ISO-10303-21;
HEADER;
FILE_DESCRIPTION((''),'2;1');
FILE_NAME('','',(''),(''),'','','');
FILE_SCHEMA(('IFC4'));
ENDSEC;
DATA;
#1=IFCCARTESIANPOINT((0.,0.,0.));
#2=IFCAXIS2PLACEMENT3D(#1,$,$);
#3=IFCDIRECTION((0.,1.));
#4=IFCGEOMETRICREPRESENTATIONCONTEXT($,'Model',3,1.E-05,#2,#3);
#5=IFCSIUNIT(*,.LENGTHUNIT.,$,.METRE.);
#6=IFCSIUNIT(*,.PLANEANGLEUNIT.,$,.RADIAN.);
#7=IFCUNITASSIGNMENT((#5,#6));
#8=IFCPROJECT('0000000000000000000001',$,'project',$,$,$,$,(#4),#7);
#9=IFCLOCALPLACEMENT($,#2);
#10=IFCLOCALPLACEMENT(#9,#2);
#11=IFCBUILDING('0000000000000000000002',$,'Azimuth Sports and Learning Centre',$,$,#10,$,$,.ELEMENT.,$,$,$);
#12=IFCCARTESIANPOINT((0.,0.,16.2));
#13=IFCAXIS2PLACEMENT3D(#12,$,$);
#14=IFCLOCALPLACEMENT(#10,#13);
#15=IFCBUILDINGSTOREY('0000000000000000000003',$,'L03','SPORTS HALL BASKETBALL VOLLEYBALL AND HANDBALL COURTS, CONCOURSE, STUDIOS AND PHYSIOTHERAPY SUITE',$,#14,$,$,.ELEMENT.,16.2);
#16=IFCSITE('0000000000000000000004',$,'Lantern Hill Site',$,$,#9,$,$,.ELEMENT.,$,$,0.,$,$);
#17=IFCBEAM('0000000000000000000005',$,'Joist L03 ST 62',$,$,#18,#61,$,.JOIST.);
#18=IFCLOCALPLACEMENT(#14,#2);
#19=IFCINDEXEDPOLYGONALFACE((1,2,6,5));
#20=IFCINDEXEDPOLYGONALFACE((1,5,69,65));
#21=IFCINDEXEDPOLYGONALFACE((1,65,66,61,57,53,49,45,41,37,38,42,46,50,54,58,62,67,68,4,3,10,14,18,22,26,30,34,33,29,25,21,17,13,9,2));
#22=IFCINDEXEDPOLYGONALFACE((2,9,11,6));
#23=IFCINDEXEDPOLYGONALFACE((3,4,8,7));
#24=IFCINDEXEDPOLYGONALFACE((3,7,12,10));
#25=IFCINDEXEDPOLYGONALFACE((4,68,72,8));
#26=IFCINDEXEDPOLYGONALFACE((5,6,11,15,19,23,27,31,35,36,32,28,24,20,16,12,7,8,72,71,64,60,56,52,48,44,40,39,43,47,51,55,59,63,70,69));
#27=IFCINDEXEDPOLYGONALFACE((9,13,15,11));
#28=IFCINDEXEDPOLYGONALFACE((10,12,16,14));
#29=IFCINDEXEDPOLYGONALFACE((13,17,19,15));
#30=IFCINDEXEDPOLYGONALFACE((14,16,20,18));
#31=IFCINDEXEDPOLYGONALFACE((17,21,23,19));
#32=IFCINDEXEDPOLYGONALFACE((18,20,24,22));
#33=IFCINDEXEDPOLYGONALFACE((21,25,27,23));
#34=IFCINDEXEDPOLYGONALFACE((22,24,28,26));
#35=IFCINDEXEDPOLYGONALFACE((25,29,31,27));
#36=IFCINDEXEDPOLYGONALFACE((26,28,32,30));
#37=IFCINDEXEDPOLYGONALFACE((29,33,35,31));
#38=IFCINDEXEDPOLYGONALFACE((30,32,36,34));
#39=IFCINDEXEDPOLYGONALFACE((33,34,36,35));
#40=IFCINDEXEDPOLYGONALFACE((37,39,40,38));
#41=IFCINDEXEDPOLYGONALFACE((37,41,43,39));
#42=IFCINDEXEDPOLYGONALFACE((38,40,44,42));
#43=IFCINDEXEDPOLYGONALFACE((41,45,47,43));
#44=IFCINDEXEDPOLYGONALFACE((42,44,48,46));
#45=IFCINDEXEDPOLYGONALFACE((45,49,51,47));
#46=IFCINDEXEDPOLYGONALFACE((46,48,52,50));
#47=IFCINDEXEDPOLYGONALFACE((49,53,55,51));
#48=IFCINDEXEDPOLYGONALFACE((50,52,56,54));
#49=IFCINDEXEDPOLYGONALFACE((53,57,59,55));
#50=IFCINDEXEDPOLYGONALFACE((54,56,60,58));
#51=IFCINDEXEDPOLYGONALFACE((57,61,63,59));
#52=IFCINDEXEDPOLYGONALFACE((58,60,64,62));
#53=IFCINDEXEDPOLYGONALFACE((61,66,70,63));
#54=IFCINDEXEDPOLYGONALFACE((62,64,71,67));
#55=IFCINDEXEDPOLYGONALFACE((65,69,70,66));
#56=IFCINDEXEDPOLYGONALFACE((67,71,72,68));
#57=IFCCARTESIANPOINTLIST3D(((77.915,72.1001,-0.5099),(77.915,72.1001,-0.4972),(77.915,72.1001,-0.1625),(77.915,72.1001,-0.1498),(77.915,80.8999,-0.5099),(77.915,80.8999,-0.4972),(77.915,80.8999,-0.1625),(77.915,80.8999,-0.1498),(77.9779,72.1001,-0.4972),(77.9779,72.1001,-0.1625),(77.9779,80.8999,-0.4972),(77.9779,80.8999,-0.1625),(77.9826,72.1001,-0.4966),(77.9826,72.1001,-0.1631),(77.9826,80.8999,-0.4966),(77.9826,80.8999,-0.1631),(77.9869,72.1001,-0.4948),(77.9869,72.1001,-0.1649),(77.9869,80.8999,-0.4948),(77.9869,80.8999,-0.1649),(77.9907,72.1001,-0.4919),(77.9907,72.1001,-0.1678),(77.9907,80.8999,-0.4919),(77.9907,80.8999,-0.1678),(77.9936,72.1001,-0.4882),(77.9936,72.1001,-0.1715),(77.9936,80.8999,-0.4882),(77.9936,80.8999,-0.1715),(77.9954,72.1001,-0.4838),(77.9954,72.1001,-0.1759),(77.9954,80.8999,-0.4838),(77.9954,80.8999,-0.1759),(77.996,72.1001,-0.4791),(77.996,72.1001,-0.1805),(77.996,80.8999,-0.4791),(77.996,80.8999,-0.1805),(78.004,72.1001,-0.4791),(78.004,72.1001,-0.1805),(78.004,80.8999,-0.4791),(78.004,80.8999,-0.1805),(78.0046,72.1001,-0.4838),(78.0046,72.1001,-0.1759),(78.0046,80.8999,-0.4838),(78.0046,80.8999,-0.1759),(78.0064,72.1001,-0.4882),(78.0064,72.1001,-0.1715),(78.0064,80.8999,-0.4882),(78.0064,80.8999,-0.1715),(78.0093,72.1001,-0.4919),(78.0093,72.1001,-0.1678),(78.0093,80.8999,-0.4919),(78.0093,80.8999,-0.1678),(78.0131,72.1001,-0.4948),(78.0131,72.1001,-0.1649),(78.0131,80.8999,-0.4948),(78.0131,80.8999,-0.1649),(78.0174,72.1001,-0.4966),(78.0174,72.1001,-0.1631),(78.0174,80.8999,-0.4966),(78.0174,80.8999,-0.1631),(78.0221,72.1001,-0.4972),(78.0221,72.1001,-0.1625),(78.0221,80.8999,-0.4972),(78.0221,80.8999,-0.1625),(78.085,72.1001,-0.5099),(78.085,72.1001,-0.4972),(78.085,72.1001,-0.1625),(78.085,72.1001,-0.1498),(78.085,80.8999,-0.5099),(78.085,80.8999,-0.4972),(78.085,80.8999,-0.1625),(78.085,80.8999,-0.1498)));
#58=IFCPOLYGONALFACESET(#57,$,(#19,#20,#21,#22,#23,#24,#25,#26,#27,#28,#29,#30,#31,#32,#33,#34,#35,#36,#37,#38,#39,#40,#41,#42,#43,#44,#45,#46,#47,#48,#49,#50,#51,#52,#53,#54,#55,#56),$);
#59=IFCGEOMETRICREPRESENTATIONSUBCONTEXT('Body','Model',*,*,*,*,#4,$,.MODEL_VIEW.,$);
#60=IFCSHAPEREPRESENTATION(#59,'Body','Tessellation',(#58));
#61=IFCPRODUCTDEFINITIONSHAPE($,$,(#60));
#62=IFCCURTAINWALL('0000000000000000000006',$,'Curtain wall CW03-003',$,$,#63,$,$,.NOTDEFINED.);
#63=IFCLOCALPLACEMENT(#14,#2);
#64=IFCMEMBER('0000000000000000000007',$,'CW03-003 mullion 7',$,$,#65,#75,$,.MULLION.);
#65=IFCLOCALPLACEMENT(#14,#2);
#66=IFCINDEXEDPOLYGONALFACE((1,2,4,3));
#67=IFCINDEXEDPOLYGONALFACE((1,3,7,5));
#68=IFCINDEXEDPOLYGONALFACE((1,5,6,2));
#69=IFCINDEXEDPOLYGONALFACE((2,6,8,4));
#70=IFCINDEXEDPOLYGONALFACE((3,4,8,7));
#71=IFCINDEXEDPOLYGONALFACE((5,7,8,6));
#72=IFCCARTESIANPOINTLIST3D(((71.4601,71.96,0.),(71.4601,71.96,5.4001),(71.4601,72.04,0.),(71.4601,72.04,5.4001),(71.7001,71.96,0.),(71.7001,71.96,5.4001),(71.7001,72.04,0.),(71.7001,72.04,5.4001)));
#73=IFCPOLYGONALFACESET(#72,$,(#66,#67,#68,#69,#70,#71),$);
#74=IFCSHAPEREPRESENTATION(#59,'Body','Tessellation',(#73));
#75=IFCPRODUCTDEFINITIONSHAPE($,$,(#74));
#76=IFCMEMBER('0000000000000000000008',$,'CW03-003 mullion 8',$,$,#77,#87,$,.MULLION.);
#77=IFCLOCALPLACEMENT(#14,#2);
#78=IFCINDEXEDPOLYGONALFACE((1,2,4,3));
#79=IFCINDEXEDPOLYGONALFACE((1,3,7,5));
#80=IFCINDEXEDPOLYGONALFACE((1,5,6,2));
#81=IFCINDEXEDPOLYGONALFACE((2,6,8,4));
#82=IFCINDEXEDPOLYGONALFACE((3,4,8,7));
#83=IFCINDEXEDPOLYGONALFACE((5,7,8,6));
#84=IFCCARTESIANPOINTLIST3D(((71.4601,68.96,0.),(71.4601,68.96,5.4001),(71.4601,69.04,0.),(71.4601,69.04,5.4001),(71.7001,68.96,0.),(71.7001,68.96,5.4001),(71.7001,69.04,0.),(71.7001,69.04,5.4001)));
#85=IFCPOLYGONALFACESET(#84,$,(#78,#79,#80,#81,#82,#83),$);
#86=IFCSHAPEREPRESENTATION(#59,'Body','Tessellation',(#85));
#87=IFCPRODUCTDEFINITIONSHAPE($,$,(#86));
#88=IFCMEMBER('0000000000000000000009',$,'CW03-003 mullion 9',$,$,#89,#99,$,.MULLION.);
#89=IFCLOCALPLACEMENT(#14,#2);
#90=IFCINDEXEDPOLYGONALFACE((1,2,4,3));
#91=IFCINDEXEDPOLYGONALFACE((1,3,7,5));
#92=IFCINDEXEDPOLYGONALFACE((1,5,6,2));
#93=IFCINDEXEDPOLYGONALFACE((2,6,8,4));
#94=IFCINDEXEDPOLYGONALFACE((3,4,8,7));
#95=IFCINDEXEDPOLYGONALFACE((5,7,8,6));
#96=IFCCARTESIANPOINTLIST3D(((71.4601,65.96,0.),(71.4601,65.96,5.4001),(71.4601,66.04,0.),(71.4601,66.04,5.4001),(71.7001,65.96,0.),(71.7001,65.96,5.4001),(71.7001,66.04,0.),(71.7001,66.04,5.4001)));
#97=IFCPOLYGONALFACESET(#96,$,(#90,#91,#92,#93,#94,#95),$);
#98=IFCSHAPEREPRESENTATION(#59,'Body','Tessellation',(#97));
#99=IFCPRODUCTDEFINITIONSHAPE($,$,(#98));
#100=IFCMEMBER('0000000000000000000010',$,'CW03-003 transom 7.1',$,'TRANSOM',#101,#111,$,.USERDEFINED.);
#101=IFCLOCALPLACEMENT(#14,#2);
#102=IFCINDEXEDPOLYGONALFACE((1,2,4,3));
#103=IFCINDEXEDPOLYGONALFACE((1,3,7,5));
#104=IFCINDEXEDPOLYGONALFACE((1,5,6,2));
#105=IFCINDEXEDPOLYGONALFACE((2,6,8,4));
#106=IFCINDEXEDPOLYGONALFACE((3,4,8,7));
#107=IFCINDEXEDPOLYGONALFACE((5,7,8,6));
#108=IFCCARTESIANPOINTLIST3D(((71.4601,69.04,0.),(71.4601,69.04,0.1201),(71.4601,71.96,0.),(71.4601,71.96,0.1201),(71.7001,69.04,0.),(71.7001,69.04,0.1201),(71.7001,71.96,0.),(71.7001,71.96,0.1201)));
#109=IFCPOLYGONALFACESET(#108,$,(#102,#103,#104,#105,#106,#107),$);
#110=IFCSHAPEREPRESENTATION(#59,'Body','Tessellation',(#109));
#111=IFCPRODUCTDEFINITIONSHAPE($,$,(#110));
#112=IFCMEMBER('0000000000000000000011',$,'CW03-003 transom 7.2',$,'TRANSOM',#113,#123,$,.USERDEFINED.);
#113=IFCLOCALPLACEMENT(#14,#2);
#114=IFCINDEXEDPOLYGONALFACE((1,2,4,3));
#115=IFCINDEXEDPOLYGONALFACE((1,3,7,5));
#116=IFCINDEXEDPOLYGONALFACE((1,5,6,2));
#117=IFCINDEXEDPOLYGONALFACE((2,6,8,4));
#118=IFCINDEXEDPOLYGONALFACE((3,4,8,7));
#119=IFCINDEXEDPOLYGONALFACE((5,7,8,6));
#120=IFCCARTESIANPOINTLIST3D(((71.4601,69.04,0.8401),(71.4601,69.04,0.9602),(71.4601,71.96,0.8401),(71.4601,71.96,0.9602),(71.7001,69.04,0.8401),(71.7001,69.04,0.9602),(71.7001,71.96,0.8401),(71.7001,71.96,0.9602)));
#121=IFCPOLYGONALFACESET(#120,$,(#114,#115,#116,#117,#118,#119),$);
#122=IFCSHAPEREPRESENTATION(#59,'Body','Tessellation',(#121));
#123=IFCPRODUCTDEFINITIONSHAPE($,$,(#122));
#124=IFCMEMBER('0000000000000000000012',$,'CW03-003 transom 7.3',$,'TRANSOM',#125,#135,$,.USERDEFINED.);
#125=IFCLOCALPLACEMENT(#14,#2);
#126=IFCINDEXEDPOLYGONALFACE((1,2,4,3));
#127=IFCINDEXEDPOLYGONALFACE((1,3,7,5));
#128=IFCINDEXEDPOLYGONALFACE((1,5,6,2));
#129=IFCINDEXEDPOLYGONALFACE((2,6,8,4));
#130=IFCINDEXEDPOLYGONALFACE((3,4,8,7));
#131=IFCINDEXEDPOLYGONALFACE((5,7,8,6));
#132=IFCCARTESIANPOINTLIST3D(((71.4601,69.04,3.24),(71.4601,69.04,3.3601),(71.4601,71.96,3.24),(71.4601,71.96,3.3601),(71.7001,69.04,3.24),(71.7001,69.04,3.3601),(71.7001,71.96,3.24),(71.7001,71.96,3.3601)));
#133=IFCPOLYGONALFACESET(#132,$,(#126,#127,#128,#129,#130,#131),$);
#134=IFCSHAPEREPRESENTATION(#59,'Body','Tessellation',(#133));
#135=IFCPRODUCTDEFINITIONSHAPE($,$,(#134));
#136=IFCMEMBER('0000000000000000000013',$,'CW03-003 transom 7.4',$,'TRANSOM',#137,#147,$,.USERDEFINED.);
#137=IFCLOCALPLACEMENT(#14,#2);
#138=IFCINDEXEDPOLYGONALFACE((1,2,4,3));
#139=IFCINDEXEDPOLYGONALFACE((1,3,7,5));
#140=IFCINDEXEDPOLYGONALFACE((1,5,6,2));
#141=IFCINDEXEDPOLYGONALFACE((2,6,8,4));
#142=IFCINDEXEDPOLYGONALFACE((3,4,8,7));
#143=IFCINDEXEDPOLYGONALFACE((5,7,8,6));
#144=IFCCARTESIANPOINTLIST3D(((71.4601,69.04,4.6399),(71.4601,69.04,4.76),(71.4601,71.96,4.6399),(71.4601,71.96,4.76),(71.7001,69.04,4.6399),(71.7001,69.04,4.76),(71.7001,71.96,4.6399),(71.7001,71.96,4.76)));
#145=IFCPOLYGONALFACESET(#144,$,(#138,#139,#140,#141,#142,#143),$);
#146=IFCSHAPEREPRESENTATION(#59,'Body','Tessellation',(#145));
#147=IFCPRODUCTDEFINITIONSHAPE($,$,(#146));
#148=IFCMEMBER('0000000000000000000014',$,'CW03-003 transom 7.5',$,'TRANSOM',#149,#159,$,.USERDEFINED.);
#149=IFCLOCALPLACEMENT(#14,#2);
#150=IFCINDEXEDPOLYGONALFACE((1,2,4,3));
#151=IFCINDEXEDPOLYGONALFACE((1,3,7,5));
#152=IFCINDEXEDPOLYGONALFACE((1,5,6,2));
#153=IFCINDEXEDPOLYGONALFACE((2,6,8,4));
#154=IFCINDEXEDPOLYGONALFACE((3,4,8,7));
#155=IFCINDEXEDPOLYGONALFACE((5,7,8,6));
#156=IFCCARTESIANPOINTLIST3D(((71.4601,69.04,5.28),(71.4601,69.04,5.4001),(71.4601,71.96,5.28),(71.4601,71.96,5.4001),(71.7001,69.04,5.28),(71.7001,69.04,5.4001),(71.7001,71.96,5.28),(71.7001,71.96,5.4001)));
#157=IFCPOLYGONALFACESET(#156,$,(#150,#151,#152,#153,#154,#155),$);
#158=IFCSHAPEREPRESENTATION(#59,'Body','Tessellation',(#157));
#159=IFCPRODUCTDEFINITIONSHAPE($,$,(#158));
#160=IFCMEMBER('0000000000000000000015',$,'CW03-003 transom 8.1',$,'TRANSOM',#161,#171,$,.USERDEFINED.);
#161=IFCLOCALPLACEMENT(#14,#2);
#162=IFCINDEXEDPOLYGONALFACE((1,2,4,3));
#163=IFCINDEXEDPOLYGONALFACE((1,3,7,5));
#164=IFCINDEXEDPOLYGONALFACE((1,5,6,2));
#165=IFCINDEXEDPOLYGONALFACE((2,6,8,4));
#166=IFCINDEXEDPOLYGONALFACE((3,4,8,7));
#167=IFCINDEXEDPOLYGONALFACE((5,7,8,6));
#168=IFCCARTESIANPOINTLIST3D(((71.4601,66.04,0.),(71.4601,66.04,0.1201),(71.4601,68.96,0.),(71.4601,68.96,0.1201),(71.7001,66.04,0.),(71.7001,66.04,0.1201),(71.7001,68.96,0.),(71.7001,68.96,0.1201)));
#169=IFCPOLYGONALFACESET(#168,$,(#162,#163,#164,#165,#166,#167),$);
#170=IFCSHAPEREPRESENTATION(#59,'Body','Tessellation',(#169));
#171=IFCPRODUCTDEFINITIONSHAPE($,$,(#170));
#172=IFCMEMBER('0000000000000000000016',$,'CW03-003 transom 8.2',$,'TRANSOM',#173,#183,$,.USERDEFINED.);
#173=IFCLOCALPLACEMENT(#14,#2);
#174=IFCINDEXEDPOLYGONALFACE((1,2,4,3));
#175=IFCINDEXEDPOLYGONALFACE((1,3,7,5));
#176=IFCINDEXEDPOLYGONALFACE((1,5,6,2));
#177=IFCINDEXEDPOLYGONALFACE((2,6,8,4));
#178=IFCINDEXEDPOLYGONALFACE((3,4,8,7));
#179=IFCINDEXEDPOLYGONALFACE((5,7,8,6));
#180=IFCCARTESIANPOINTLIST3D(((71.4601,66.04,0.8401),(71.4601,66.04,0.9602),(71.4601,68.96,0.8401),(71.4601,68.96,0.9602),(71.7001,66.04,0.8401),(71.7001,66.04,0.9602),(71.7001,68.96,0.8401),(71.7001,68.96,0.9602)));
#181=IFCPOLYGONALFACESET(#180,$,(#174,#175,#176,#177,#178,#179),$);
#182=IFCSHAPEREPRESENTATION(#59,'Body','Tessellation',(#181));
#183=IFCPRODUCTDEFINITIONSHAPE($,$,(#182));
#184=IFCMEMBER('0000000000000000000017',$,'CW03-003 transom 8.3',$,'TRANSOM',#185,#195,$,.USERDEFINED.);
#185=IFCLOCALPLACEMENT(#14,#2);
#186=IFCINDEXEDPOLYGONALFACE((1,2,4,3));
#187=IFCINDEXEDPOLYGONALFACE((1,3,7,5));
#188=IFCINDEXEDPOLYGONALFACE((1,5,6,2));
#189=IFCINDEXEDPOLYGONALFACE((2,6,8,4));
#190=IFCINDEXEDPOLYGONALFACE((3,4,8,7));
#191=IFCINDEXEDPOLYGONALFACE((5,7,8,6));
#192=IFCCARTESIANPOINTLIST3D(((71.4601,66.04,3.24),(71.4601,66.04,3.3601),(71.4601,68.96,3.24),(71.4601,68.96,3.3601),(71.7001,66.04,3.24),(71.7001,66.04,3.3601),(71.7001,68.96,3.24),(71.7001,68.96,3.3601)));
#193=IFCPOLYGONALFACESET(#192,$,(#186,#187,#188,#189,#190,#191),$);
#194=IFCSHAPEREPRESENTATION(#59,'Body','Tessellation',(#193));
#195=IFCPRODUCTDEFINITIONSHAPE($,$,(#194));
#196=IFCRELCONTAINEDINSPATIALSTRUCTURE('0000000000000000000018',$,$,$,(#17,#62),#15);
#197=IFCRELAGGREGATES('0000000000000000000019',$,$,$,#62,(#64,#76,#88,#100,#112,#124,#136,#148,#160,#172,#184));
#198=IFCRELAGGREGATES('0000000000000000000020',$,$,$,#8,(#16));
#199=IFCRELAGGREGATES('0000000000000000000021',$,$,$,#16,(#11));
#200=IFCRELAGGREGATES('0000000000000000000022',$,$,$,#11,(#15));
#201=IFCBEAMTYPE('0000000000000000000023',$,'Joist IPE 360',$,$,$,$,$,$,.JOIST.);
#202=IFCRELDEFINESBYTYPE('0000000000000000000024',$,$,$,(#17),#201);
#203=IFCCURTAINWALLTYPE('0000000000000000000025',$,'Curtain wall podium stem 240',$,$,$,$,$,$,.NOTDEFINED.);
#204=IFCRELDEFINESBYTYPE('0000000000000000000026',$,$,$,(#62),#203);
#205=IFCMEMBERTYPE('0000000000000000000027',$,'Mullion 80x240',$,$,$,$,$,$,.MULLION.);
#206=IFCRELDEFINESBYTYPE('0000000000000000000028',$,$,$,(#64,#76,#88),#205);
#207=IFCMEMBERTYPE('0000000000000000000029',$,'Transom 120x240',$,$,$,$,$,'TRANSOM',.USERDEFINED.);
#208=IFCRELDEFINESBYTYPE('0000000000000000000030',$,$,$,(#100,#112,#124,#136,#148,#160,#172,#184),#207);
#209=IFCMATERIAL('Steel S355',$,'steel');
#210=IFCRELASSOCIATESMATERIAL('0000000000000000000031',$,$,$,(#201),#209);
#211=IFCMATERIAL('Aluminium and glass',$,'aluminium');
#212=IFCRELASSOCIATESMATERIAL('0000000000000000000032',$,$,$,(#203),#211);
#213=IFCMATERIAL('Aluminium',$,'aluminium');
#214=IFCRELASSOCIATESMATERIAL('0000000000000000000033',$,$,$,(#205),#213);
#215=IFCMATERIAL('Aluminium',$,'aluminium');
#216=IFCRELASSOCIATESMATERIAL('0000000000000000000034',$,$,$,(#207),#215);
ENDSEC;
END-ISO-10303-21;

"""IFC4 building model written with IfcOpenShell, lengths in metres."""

from ifc_helpers import new_model, si_unit, direction, frame, origin, origin_2d, place, context, subcontext, project, spatial, rectangle, i_section, extrude, material, material_profile, profile_set, type_object, element, aggregate, save


model = new_model("IFC4")

# Units and contexts
model_context = context("Model", 3, precision=1e-05, world=origin(), true_north=direction((0.0, 1.0)))
body_context = subcontext(model_context, "Body", "Model", "MODEL_VIEW")
ifc_project = project(units=[si_unit("LENGTHUNIT", "METRE"), si_unit("PLANEANGLEUNIT", "RADIAN")], contexts=[model_context])

# Site, building, storey
site_placement = place(None, origin())
site = spatial("IfcSite", under=ifc_project, at=site_placement, Name="Lantern Hill Site", CompositionType="ELEMENT", RefElevation=0.0)
building_placement = place(site_placement, origin())
building = spatial("IfcBuilding", under=site, at=building_placement, Name="Azimuth Sports and Learning Centre", CompositionType="ELEMENT")
storey_placement = place(building_placement, frame((0.0, 0.0, 16.2)))
storey = spatial("IfcBuildingStorey", under=building, at=storey_placement, Name="L03", Description="SPORTS HALL BASKETBALL VOLLEYBALL AND HANDBALL COURTS, CONCOURSE, STUDIOS AND PHYSIOTHERAPY SUITE", CompositionType="ELEMENT", Elevation=16.2)

# Beam
ifc_material_1 = material(Name="Steel S355", Category="steel")
ifc_material_profile_1 = material_profile(ifc_material_1, i_section(OverallWidth=0.1699, OverallDepth=0.3601, WebThickness=0.0081, FlangeThickness=0.0127, FilletRadius=0.0181, at=origin_2d()), Name="IPE 360")
ifc_profile_set_1 = profile_set([ifc_material_profile_1], Name="Steel S355")
beam_type_1 = type_object("IfcBeamType", Name="Joist IPE 360", PredefinedType="JOIST", material=ifc_profile_set_1)
for number, where, z_axis, x_axis, name in (
    (1, (78.0, 72.1001, -0.3298), (0.0, 1.0, 0.0), (-1.0, 0.0, 0.0), "Joist L03 ST 62"),
):
    element("IfcBeam", number, at=place(storey_placement, frame(where, z_axis=z_axis, x_axis=x_axis)), inside=storey, type_object=beam_type_1, Name=name, PredefinedType="JOIST", context=body_context, shape_type="SweptSolid", body=[
        extrude(i_section(OverallWidth=0.1699, OverallDepth=0.3601, WebThickness=0.0081, FlangeThickness=0.0127, FilletRadius=0.0181, at=origin_2d()), origin(), (0.0, 0.0, 1.0), 8.7998),
    ])

# Curtain wall, members
ifc_material_2 = material(Name="Aluminium and glass", Category="aluminium")
curtain_wall_type = type_object("IfcCurtainWallType", Name="Curtain wall podium stem 240", PredefinedType="NOTDEFINED", material=ifc_material_2)
curtain_wall_placement = place(storey_placement, origin())
curtain_wall = element("IfcCurtainWall", 2, at=curtain_wall_placement, inside=storey, type_object=curtain_wall_type, Name="Curtain wall CW03-003", PredefinedType="NOTDEFINED")
ifc_material_3 = material(Name="Aluminium", Category="aluminium")
ifc_material_profile_2 = material_profile(ifc_material_3, rectangle(XDim=0.24, YDim=0.0801, at=origin_2d()), Name="Mullion 80x240")
ifc_profile_set_2 = profile_set([ifc_material_profile_2], Name="Aluminium")
member_type_1 = type_object("IfcMemberType", Name="Mullion 80x240", PredefinedType="MULLION", material=ifc_profile_set_2)
member_1_placement = place(storey_placement, frame((71.5801, 72.0, 0.0), z_axis=(0.0, 0.0, 1.0), x_axis=(1.0, 0.0, 0.0)))
member_1 = element("IfcMember", 3, at=member_1_placement, type_object=member_type_1, Name="CW03-003 mullion 7", PredefinedType="MULLION", context=body_context, shape_type="SweptSolid", body=[
    extrude(rectangle(XDim=0.24, YDim=0.0801, at=origin_2d()), origin(), (0.0, 0.0, 1.0), 5.4001),
])
member_2_placement = place(storey_placement, frame((71.5801, 69.0, 0.0), z_axis=(0.0, 0.0, 1.0), x_axis=(1.0, 0.0, 0.0)))
member_2 = element("IfcMember", 4, at=member_2_placement, type_object=member_type_1, Name="CW03-003 mullion 8", PredefinedType="MULLION", context=body_context, shape_type="SweptSolid", body=[
    extrude(rectangle(XDim=0.24, YDim=0.0801, at=origin_2d()), origin(), (0.0, 0.0, 1.0), 5.4001),
])
member_3_placement = place(storey_placement, frame((71.5801, 66.0, 0.0), z_axis=(0.0, 0.0, 1.0), x_axis=(1.0, 0.0, 0.0)))
member_3 = element("IfcMember", 5, at=member_3_placement, type_object=member_type_1, Name="CW03-003 mullion 9", PredefinedType="MULLION", context=body_context, shape_type="SweptSolid", body=[
    extrude(rectangle(XDim=0.24, YDim=0.0801, at=origin_2d()), origin(), (0.0, 0.0, 1.0), 5.4001),
])
ifc_material_4 = material(Name="Aluminium", Category="aluminium")
ifc_material_profile_3 = material_profile(ifc_material_4, rectangle(XDim=0.24, YDim=0.1201, at=origin_2d()), Name="Transom 120x240")
ifc_profile_set_3 = profile_set([ifc_material_profile_3], Name="Aluminium")
member_type_2 = type_object("IfcMemberType", Name="Transom 120x240", ElementType="TRANSOM", PredefinedType="USERDEFINED", material=ifc_profile_set_3)
member_4_placement = place(storey_placement, frame((71.5801, 71.96, 0.0601), z_axis=(0.0, -1.0, 0.0), x_axis=(1.0, 0.0, 0.0)))
member_4 = element("IfcMember", 6, at=member_4_placement, type_object=member_type_2, Name="CW03-003 transom 7.1", ObjectType="TRANSOM", PredefinedType="USERDEFINED", context=body_context, shape_type="SweptSolid", body=[
    extrude(rectangle(XDim=0.24, YDim=0.1201, at=origin_2d()), origin(), (0.0, 0.0, 1.0), 2.9199),
])
member_5_placement = place(storey_placement, frame((71.5801, 71.96, 0.9001), z_axis=(0.0, -1.0, 0.0), x_axis=(1.0, 0.0, 0.0)))
member_5 = element("IfcMember", 7, at=member_5_placement, type_object=member_type_2, Name="CW03-003 transom 7.2", ObjectType="TRANSOM", PredefinedType="USERDEFINED", context=body_context, shape_type="SweptSolid", body=[
    extrude(rectangle(XDim=0.24, YDim=0.1201, at=origin_2d()), origin(), (0.0, 0.0, 1.0), 2.9199),
])
member_6_placement = place(storey_placement, frame((71.5801, 71.96, 3.3), z_axis=(0.0, -1.0, 0.0), x_axis=(1.0, 0.0, 0.0)))
member_6 = element("IfcMember", 8, at=member_6_placement, type_object=member_type_2, Name="CW03-003 transom 7.3", ObjectType="TRANSOM", PredefinedType="USERDEFINED", context=body_context, shape_type="SweptSolid", body=[
    extrude(rectangle(XDim=0.24, YDim=0.1201, at=origin_2d()), origin(), (0.0, 0.0, 1.0), 2.9199),
])
member_7_placement = place(storey_placement, frame((71.5801, 71.96, 4.7), z_axis=(0.0, -1.0, 0.0), x_axis=(1.0, 0.0, 0.0)))
member_7 = element("IfcMember", 9, at=member_7_placement, type_object=member_type_2, Name="CW03-003 transom 7.4", ObjectType="TRANSOM", PredefinedType="USERDEFINED", context=body_context, shape_type="SweptSolid", body=[
    extrude(rectangle(XDim=0.24, YDim=0.1201, at=origin_2d()), origin(), (0.0, 0.0, 1.0), 2.9199),
])
member_8_placement = place(storey_placement, frame((71.5801, 71.96, 5.3401), z_axis=(0.0, -1.0, 0.0), x_axis=(1.0, 0.0, 0.0)))
member_8 = element("IfcMember", 10, at=member_8_placement, type_object=member_type_2, Name="CW03-003 transom 7.5", ObjectType="TRANSOM", PredefinedType="USERDEFINED", context=body_context, shape_type="SweptSolid", body=[
    extrude(rectangle(XDim=0.24, YDim=0.1201, at=origin_2d()), origin(), (0.0, 0.0, 1.0), 2.9199),
])
member_9_placement = place(storey_placement, frame((71.5801, 68.96, 0.0601), z_axis=(0.0, -1.0, 0.0), x_axis=(1.0, 0.0, 0.0)))
member_9 = element("IfcMember", 11, at=member_9_placement, type_object=member_type_2, Name="CW03-003 transom 8.1", ObjectType="TRANSOM", PredefinedType="USERDEFINED", context=body_context, shape_type="SweptSolid", body=[
    extrude(rectangle(XDim=0.24, YDim=0.1201, at=origin_2d()), origin(), (0.0, 0.0, 1.0), 2.9199),
])
member_10_placement = place(storey_placement, frame((71.5801, 68.96, 0.9001), z_axis=(0.0, -1.0, 0.0), x_axis=(1.0, 0.0, 0.0)))
member_10 = element("IfcMember", 12, at=member_10_placement, type_object=member_type_2, Name="CW03-003 transom 8.2", ObjectType="TRANSOM", PredefinedType="USERDEFINED", context=body_context, shape_type="SweptSolid", body=[
    extrude(rectangle(XDim=0.24, YDim=0.1201, at=origin_2d()), origin(), (0.0, 0.0, 1.0), 2.9199),
])
member_11_placement = place(storey_placement, frame((71.5801, 68.96, 3.3), z_axis=(0.0, -1.0, 0.0), x_axis=(1.0, 0.0, 0.0)))
member_11 = element("IfcMember", 13, at=member_11_placement, type_object=member_type_2, Name="CW03-003 transom 8.3", ObjectType="TRANSOM", PredefinedType="USERDEFINED", context=body_context, shape_type="SweptSolid", body=[
    extrude(rectangle(XDim=0.24, YDim=0.1201, at=origin_2d()), origin(), (0.0, 0.0, 1.0), 2.9199),
])
aggregate(curtain_wall, [member_1, member_2, member_3, member_4, member_5, member_6, member_7, member_8, member_9, member_10, member_11])

save(model, "model.ifc")
